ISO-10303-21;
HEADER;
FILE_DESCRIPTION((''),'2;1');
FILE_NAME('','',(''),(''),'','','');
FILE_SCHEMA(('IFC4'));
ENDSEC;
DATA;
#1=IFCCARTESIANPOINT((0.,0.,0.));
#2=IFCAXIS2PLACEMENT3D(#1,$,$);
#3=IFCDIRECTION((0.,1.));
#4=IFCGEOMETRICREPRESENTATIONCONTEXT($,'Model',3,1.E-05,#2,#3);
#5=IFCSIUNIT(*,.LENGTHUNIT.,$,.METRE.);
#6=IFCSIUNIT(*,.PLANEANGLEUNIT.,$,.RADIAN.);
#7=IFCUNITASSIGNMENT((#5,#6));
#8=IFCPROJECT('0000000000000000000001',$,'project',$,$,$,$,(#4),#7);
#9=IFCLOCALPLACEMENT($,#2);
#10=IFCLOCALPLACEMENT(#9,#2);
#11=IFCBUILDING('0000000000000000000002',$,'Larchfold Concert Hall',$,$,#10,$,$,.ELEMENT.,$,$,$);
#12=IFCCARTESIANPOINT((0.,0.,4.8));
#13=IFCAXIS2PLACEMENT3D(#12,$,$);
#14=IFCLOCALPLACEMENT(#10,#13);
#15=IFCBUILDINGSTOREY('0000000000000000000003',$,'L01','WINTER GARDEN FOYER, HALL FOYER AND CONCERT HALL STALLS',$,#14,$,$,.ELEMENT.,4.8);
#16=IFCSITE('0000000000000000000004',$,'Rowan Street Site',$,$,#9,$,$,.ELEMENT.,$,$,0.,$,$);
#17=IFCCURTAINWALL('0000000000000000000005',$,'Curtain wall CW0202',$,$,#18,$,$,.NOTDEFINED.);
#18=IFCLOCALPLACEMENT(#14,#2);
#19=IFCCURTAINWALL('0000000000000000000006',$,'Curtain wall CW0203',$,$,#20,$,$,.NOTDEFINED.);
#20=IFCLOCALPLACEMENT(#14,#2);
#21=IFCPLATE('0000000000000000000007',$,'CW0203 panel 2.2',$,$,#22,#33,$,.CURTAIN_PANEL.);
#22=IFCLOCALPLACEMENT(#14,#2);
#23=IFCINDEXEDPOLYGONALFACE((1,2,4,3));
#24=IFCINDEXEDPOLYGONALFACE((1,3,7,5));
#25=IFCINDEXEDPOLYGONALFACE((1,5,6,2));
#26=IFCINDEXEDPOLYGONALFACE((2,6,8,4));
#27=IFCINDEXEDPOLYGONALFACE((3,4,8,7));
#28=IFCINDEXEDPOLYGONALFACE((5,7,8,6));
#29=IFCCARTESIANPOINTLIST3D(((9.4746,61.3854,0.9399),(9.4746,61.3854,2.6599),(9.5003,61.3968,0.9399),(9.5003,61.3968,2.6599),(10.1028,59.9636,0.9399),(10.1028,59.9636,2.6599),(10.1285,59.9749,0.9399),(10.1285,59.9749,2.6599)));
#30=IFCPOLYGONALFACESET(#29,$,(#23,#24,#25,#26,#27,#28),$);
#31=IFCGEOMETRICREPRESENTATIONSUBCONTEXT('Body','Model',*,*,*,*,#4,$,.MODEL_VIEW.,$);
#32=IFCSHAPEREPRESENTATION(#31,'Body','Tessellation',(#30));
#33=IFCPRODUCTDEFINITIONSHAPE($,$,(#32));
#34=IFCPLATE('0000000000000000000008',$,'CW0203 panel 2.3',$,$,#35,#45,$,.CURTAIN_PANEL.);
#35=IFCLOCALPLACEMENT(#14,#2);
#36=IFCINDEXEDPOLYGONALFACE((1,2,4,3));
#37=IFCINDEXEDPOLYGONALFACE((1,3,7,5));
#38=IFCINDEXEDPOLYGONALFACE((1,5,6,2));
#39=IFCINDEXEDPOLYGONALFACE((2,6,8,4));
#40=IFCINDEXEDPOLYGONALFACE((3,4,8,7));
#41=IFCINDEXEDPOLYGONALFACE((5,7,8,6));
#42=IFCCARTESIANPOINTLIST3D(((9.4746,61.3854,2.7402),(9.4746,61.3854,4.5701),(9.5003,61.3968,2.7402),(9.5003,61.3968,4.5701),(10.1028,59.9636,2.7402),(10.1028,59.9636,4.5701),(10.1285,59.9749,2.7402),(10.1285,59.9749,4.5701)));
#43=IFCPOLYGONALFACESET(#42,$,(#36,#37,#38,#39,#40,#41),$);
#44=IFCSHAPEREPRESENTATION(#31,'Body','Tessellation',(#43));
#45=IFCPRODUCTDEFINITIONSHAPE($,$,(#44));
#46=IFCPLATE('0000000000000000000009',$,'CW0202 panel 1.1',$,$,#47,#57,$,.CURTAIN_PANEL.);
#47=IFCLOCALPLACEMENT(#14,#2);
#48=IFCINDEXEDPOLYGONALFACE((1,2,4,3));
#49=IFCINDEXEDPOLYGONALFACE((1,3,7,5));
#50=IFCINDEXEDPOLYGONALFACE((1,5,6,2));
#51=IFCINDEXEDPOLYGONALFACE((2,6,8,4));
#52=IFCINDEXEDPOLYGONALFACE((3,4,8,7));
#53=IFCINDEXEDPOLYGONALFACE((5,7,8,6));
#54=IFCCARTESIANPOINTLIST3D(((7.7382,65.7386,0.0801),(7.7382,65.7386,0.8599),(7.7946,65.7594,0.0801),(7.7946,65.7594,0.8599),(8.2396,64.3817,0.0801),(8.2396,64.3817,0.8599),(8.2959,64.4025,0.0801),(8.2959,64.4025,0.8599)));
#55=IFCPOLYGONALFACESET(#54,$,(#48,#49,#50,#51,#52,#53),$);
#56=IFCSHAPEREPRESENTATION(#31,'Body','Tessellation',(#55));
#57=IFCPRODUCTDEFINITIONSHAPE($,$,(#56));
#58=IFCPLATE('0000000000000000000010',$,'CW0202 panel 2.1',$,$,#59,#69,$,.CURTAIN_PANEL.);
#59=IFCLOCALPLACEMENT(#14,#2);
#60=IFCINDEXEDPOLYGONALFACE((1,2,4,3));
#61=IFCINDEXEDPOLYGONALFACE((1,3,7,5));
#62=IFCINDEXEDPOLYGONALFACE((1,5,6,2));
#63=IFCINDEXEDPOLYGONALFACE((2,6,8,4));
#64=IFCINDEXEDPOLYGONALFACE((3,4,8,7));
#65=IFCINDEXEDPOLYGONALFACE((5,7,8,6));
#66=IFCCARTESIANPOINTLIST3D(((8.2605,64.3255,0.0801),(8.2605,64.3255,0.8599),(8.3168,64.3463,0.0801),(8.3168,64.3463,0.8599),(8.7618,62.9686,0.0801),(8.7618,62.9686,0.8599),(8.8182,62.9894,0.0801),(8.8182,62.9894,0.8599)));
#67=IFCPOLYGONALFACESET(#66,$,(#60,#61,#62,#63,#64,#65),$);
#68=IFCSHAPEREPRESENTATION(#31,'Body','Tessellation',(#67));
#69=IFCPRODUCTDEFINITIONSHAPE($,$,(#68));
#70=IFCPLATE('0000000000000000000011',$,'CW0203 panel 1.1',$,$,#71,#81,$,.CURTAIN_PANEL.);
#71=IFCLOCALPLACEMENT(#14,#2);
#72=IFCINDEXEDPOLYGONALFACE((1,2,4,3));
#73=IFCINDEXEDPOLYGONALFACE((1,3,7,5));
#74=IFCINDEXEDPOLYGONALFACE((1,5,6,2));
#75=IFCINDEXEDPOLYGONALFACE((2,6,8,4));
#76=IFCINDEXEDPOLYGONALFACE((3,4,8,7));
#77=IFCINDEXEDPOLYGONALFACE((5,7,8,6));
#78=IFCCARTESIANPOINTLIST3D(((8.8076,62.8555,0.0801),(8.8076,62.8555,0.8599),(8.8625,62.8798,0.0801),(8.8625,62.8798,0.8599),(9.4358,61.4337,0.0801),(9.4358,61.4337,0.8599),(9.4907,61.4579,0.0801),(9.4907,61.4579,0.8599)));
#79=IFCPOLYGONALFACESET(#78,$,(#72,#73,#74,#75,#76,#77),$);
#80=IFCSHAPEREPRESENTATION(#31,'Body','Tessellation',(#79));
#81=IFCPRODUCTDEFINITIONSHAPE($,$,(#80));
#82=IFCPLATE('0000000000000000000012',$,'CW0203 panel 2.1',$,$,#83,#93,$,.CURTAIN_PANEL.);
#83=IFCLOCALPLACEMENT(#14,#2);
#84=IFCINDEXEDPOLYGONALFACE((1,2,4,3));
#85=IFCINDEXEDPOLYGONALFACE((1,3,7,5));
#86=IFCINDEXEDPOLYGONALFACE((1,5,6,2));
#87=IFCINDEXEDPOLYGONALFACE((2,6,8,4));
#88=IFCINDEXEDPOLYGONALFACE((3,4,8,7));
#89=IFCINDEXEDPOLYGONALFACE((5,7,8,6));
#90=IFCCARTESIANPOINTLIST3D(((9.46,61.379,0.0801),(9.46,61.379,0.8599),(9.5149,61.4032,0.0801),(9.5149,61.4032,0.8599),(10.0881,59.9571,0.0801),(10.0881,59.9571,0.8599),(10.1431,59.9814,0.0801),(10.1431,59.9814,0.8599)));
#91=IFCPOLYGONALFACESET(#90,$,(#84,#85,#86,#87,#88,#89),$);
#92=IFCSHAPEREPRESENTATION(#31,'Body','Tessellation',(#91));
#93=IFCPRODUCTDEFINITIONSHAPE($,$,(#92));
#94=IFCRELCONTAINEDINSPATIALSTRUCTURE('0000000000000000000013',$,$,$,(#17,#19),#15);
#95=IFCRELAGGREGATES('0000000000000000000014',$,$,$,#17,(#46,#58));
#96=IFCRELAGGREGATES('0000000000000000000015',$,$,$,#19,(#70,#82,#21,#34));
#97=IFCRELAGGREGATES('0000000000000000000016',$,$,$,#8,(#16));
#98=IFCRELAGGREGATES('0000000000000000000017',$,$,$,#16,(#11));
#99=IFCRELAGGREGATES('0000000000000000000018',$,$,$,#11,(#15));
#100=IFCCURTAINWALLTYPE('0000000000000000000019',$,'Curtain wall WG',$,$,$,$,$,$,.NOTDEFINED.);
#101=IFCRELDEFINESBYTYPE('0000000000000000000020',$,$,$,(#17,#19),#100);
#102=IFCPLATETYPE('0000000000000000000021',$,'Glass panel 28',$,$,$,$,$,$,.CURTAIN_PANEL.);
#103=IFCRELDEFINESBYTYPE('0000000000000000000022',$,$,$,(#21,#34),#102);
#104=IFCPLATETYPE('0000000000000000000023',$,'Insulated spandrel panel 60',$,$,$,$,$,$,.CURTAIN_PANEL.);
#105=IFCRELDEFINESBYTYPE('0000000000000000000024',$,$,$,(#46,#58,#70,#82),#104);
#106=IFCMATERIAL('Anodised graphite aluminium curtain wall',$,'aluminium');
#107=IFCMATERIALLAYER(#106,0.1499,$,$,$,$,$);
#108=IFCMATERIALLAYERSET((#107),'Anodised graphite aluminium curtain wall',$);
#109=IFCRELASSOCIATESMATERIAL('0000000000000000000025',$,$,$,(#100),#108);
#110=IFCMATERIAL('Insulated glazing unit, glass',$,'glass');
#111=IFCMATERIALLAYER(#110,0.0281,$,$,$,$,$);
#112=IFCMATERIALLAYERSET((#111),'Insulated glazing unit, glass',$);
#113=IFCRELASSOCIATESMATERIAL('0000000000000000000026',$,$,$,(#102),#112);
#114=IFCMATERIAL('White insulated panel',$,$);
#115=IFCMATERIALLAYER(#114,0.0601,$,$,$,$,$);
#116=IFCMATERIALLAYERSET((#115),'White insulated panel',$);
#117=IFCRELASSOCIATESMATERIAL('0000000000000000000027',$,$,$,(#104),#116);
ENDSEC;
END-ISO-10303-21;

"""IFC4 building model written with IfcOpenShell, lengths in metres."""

from ifc_helpers import new_model, si_unit, direction, frame, origin, origin_2d, place, context, subcontext, project, spatial, rectangle, extrude, material, layer, layer_set, type_object, element, aggregate, save


model = new_model("IFC4")

# Units and contexts
model_context = context("Model", 3, precision=1e-05, world=origin(), true_north=direction((0.0, 1.0)))
body_context = subcontext(model_context, "Body", "Model", "MODEL_VIEW")
ifc_project = project(units=[si_unit("LENGTHUNIT", "METRE"), si_unit("PLANEANGLEUNIT", "RADIAN")], contexts=[model_context])

# Site, building, storey
site_placement = place(None, origin())
site = spatial("IfcSite", under=ifc_project, at=site_placement, Name="Rowan Street Site", CompositionType="ELEMENT", RefElevation=0.0)
building_placement = place(site_placement, origin())
building = spatial("IfcBuilding", under=site, at=building_placement, Name="Larchfold Concert Hall", CompositionType="ELEMENT")
storey_placement = place(building_placement, frame((0.0, 0.0, 4.8)))
storey = spatial("IfcBuildingStorey", under=building, at=storey_placement, Name="L01", Description="WINTER GARDEN FOYER, HALL FOYER AND CONCERT HALL STALLS", CompositionType="ELEMENT", Elevation=4.8)

# Curtain walls
ifc_material_1 = material(Name="Anodised graphite aluminium curtain wall", Category="aluminium")
ifc_layer_1 = layer(ifc_material_1, 0.1499)
ifc_layer_set_1 = layer_set([ifc_layer_1], Name="Anodised graphite aluminium curtain wall")
curtain_wall_type = type_object("IfcCurtainWallType", Name="Curtain wall WG", PredefinedType="NOTDEFINED", material=ifc_layer_set_1)
curtain_wall_1_placement = place(storey_placement, origin())
curtain_wall_1 = element("IfcCurtainWall", 1, at=curtain_wall_1_placement, inside=storey, type_object=curtain_wall_type, Name="Curtain wall CW0202", PredefinedType="NOTDEFINED")
curtain_wall_2_placement = place(storey_placement, origin())
curtain_wall_2 = element("IfcCurtainWall", 2, at=curtain_wall_2_placement, inside=storey, type_object=curtain_wall_type, Name="Curtain wall CW0203", PredefinedType="NOTDEFINED")

# Plates
ifc_material_2 = material(Name="Insulated glazing unit, glass", Category="glass")
ifc_layer_2 = layer(ifc_material_2, 0.0281)
ifc_layer_set_2 = layer_set([ifc_layer_2], Name="Insulated glazing unit, glass")
plate_type_1 = type_object("IfcPlateType", Name="Glass panel 28", PredefinedType="CURTAIN_PANEL", material=ifc_layer_set_2)
plate_1_placement = place(storey_placement, frame((9.8015, 60.6802, 0.9399), z_axis=(0.0, 0.0, 1.0), x_axis=(0.404126, -0.914703, 0.0)))
plate_1 = element("IfcPlate", 3, at=plate_1_placement, type_object=plate_type_1, Name="CW0203 panel 2.2", PredefinedType="CURTAIN_PANEL", context=body_context, shape_type="SweptSolid", body=[
    extrude(rectangle(XDim=1.5544, YDim=0.0281, at=origin_2d()), origin(), (0.0, 0.0, 1.0), 1.72),
])
plate_2_placement = place(storey_placement, frame((9.8015, 60.6802, 2.7402), z_axis=(0.0, 0.0, 1.0), x_axis=(0.404126, -0.914703, 0.0)))
plate_2 = element("IfcPlate", 4, at=plate_2_placement, type_object=plate_type_1, Name="CW0203 panel 2.3", PredefinedType="CURTAIN_PANEL", context=body_context, shape_type="SweptSolid", body=[
    extrude(rectangle(XDim=1.5544, YDim=0.0281, at=origin_2d()), origin(), (0.0, 0.0, 1.0), 1.8298),
])
ifc_material_3 = material(Name="White insulated panel")
ifc_layer_3 = layer(ifc_material_3, 0.0601)
ifc_layer_set_3 = layer_set([ifc_layer_3], Name="White insulated panel")
plate_type_2 = type_object("IfcPlateType", Name="Insulated spandrel panel 60", PredefinedType="CURTAIN_PANEL", material=ifc_layer_set_3)
plate_3_placement = place(storey_placement, frame((8.0171, 65.0706, 0.0801), z_axis=(0.0, 0.0, 1.0), x_axis=(0.346592, -0.938016, 0.0)))
plate_3 = element("IfcPlate", 5, at=plate_3_placement, type_object=plate_type_2, Name="CW0202 panel 1.1", PredefinedType="CURTAIN_PANEL", context=body_context, shape_type="SweptSolid", body=[
    extrude(rectangle(XDim=1.4465, YDim=0.0601, at=origin_2d()), origin(), (0.0, 0.0, 1.0), 0.7798),
])
plate_4_placement = place(storey_placement, frame((8.5393, 63.6575, 0.0801), z_axis=(0.0, 0.0, 1.0), x_axis=(0.346592, -0.938016, 0.0)))
plate_4 = element("IfcPlate", 6, at=plate_4_placement, type_object=plate_type_2, Name="CW0202 panel 2.1", PredefinedType="CURTAIN_PANEL", context=body_context, shape_type="SweptSolid", body=[
    extrude(rectangle(XDim=1.4465, YDim=0.0601, at=origin_2d()), origin(), (0.0, 0.0, 1.0), 0.7798),
])
aggregate(curtain_wall_1, [plate_3, plate_4])
plate_5_placement = place(storey_placement, frame((9.1492, 62.1567, 0.0801), z_axis=(0.0, 0.0, 1.0), x_axis=(0.404126, -0.914703, 0.0)))
plate_5 = element("IfcPlate", 7, at=plate_5_placement, type_object=plate_type_2, Name="CW0203 panel 1.1", PredefinedType="CURTAIN_PANEL", context=body_context, shape_type="SweptSolid", body=[
    extrude(rectangle(XDim=1.5544, YDim=0.0601, at=origin_2d()), origin(), (0.0, 0.0, 1.0), 0.7798),
])
plate_6_placement = place(storey_placement, frame((9.8015, 60.6802, 0.0801), z_axis=(0.0, 0.0, 1.0), x_axis=(0.404126, -0.914703, 0.0)))
plate_6 = element("IfcPlate", 8, at=plate_6_placement, type_object=plate_type_2, Name="CW0203 panel 2.1", PredefinedType="CURTAIN_PANEL", context=body_context, shape_type="SweptSolid", body=[
    extrude(rectangle(XDim=1.5544, YDim=0.0601, at=origin_2d()), origin(), (0.0, 0.0, 1.0), 0.7798),
])
aggregate(curtain_wall_2, [plate_5, plate_6, plate_1, plate_2])

save(model, "model.ifc")
